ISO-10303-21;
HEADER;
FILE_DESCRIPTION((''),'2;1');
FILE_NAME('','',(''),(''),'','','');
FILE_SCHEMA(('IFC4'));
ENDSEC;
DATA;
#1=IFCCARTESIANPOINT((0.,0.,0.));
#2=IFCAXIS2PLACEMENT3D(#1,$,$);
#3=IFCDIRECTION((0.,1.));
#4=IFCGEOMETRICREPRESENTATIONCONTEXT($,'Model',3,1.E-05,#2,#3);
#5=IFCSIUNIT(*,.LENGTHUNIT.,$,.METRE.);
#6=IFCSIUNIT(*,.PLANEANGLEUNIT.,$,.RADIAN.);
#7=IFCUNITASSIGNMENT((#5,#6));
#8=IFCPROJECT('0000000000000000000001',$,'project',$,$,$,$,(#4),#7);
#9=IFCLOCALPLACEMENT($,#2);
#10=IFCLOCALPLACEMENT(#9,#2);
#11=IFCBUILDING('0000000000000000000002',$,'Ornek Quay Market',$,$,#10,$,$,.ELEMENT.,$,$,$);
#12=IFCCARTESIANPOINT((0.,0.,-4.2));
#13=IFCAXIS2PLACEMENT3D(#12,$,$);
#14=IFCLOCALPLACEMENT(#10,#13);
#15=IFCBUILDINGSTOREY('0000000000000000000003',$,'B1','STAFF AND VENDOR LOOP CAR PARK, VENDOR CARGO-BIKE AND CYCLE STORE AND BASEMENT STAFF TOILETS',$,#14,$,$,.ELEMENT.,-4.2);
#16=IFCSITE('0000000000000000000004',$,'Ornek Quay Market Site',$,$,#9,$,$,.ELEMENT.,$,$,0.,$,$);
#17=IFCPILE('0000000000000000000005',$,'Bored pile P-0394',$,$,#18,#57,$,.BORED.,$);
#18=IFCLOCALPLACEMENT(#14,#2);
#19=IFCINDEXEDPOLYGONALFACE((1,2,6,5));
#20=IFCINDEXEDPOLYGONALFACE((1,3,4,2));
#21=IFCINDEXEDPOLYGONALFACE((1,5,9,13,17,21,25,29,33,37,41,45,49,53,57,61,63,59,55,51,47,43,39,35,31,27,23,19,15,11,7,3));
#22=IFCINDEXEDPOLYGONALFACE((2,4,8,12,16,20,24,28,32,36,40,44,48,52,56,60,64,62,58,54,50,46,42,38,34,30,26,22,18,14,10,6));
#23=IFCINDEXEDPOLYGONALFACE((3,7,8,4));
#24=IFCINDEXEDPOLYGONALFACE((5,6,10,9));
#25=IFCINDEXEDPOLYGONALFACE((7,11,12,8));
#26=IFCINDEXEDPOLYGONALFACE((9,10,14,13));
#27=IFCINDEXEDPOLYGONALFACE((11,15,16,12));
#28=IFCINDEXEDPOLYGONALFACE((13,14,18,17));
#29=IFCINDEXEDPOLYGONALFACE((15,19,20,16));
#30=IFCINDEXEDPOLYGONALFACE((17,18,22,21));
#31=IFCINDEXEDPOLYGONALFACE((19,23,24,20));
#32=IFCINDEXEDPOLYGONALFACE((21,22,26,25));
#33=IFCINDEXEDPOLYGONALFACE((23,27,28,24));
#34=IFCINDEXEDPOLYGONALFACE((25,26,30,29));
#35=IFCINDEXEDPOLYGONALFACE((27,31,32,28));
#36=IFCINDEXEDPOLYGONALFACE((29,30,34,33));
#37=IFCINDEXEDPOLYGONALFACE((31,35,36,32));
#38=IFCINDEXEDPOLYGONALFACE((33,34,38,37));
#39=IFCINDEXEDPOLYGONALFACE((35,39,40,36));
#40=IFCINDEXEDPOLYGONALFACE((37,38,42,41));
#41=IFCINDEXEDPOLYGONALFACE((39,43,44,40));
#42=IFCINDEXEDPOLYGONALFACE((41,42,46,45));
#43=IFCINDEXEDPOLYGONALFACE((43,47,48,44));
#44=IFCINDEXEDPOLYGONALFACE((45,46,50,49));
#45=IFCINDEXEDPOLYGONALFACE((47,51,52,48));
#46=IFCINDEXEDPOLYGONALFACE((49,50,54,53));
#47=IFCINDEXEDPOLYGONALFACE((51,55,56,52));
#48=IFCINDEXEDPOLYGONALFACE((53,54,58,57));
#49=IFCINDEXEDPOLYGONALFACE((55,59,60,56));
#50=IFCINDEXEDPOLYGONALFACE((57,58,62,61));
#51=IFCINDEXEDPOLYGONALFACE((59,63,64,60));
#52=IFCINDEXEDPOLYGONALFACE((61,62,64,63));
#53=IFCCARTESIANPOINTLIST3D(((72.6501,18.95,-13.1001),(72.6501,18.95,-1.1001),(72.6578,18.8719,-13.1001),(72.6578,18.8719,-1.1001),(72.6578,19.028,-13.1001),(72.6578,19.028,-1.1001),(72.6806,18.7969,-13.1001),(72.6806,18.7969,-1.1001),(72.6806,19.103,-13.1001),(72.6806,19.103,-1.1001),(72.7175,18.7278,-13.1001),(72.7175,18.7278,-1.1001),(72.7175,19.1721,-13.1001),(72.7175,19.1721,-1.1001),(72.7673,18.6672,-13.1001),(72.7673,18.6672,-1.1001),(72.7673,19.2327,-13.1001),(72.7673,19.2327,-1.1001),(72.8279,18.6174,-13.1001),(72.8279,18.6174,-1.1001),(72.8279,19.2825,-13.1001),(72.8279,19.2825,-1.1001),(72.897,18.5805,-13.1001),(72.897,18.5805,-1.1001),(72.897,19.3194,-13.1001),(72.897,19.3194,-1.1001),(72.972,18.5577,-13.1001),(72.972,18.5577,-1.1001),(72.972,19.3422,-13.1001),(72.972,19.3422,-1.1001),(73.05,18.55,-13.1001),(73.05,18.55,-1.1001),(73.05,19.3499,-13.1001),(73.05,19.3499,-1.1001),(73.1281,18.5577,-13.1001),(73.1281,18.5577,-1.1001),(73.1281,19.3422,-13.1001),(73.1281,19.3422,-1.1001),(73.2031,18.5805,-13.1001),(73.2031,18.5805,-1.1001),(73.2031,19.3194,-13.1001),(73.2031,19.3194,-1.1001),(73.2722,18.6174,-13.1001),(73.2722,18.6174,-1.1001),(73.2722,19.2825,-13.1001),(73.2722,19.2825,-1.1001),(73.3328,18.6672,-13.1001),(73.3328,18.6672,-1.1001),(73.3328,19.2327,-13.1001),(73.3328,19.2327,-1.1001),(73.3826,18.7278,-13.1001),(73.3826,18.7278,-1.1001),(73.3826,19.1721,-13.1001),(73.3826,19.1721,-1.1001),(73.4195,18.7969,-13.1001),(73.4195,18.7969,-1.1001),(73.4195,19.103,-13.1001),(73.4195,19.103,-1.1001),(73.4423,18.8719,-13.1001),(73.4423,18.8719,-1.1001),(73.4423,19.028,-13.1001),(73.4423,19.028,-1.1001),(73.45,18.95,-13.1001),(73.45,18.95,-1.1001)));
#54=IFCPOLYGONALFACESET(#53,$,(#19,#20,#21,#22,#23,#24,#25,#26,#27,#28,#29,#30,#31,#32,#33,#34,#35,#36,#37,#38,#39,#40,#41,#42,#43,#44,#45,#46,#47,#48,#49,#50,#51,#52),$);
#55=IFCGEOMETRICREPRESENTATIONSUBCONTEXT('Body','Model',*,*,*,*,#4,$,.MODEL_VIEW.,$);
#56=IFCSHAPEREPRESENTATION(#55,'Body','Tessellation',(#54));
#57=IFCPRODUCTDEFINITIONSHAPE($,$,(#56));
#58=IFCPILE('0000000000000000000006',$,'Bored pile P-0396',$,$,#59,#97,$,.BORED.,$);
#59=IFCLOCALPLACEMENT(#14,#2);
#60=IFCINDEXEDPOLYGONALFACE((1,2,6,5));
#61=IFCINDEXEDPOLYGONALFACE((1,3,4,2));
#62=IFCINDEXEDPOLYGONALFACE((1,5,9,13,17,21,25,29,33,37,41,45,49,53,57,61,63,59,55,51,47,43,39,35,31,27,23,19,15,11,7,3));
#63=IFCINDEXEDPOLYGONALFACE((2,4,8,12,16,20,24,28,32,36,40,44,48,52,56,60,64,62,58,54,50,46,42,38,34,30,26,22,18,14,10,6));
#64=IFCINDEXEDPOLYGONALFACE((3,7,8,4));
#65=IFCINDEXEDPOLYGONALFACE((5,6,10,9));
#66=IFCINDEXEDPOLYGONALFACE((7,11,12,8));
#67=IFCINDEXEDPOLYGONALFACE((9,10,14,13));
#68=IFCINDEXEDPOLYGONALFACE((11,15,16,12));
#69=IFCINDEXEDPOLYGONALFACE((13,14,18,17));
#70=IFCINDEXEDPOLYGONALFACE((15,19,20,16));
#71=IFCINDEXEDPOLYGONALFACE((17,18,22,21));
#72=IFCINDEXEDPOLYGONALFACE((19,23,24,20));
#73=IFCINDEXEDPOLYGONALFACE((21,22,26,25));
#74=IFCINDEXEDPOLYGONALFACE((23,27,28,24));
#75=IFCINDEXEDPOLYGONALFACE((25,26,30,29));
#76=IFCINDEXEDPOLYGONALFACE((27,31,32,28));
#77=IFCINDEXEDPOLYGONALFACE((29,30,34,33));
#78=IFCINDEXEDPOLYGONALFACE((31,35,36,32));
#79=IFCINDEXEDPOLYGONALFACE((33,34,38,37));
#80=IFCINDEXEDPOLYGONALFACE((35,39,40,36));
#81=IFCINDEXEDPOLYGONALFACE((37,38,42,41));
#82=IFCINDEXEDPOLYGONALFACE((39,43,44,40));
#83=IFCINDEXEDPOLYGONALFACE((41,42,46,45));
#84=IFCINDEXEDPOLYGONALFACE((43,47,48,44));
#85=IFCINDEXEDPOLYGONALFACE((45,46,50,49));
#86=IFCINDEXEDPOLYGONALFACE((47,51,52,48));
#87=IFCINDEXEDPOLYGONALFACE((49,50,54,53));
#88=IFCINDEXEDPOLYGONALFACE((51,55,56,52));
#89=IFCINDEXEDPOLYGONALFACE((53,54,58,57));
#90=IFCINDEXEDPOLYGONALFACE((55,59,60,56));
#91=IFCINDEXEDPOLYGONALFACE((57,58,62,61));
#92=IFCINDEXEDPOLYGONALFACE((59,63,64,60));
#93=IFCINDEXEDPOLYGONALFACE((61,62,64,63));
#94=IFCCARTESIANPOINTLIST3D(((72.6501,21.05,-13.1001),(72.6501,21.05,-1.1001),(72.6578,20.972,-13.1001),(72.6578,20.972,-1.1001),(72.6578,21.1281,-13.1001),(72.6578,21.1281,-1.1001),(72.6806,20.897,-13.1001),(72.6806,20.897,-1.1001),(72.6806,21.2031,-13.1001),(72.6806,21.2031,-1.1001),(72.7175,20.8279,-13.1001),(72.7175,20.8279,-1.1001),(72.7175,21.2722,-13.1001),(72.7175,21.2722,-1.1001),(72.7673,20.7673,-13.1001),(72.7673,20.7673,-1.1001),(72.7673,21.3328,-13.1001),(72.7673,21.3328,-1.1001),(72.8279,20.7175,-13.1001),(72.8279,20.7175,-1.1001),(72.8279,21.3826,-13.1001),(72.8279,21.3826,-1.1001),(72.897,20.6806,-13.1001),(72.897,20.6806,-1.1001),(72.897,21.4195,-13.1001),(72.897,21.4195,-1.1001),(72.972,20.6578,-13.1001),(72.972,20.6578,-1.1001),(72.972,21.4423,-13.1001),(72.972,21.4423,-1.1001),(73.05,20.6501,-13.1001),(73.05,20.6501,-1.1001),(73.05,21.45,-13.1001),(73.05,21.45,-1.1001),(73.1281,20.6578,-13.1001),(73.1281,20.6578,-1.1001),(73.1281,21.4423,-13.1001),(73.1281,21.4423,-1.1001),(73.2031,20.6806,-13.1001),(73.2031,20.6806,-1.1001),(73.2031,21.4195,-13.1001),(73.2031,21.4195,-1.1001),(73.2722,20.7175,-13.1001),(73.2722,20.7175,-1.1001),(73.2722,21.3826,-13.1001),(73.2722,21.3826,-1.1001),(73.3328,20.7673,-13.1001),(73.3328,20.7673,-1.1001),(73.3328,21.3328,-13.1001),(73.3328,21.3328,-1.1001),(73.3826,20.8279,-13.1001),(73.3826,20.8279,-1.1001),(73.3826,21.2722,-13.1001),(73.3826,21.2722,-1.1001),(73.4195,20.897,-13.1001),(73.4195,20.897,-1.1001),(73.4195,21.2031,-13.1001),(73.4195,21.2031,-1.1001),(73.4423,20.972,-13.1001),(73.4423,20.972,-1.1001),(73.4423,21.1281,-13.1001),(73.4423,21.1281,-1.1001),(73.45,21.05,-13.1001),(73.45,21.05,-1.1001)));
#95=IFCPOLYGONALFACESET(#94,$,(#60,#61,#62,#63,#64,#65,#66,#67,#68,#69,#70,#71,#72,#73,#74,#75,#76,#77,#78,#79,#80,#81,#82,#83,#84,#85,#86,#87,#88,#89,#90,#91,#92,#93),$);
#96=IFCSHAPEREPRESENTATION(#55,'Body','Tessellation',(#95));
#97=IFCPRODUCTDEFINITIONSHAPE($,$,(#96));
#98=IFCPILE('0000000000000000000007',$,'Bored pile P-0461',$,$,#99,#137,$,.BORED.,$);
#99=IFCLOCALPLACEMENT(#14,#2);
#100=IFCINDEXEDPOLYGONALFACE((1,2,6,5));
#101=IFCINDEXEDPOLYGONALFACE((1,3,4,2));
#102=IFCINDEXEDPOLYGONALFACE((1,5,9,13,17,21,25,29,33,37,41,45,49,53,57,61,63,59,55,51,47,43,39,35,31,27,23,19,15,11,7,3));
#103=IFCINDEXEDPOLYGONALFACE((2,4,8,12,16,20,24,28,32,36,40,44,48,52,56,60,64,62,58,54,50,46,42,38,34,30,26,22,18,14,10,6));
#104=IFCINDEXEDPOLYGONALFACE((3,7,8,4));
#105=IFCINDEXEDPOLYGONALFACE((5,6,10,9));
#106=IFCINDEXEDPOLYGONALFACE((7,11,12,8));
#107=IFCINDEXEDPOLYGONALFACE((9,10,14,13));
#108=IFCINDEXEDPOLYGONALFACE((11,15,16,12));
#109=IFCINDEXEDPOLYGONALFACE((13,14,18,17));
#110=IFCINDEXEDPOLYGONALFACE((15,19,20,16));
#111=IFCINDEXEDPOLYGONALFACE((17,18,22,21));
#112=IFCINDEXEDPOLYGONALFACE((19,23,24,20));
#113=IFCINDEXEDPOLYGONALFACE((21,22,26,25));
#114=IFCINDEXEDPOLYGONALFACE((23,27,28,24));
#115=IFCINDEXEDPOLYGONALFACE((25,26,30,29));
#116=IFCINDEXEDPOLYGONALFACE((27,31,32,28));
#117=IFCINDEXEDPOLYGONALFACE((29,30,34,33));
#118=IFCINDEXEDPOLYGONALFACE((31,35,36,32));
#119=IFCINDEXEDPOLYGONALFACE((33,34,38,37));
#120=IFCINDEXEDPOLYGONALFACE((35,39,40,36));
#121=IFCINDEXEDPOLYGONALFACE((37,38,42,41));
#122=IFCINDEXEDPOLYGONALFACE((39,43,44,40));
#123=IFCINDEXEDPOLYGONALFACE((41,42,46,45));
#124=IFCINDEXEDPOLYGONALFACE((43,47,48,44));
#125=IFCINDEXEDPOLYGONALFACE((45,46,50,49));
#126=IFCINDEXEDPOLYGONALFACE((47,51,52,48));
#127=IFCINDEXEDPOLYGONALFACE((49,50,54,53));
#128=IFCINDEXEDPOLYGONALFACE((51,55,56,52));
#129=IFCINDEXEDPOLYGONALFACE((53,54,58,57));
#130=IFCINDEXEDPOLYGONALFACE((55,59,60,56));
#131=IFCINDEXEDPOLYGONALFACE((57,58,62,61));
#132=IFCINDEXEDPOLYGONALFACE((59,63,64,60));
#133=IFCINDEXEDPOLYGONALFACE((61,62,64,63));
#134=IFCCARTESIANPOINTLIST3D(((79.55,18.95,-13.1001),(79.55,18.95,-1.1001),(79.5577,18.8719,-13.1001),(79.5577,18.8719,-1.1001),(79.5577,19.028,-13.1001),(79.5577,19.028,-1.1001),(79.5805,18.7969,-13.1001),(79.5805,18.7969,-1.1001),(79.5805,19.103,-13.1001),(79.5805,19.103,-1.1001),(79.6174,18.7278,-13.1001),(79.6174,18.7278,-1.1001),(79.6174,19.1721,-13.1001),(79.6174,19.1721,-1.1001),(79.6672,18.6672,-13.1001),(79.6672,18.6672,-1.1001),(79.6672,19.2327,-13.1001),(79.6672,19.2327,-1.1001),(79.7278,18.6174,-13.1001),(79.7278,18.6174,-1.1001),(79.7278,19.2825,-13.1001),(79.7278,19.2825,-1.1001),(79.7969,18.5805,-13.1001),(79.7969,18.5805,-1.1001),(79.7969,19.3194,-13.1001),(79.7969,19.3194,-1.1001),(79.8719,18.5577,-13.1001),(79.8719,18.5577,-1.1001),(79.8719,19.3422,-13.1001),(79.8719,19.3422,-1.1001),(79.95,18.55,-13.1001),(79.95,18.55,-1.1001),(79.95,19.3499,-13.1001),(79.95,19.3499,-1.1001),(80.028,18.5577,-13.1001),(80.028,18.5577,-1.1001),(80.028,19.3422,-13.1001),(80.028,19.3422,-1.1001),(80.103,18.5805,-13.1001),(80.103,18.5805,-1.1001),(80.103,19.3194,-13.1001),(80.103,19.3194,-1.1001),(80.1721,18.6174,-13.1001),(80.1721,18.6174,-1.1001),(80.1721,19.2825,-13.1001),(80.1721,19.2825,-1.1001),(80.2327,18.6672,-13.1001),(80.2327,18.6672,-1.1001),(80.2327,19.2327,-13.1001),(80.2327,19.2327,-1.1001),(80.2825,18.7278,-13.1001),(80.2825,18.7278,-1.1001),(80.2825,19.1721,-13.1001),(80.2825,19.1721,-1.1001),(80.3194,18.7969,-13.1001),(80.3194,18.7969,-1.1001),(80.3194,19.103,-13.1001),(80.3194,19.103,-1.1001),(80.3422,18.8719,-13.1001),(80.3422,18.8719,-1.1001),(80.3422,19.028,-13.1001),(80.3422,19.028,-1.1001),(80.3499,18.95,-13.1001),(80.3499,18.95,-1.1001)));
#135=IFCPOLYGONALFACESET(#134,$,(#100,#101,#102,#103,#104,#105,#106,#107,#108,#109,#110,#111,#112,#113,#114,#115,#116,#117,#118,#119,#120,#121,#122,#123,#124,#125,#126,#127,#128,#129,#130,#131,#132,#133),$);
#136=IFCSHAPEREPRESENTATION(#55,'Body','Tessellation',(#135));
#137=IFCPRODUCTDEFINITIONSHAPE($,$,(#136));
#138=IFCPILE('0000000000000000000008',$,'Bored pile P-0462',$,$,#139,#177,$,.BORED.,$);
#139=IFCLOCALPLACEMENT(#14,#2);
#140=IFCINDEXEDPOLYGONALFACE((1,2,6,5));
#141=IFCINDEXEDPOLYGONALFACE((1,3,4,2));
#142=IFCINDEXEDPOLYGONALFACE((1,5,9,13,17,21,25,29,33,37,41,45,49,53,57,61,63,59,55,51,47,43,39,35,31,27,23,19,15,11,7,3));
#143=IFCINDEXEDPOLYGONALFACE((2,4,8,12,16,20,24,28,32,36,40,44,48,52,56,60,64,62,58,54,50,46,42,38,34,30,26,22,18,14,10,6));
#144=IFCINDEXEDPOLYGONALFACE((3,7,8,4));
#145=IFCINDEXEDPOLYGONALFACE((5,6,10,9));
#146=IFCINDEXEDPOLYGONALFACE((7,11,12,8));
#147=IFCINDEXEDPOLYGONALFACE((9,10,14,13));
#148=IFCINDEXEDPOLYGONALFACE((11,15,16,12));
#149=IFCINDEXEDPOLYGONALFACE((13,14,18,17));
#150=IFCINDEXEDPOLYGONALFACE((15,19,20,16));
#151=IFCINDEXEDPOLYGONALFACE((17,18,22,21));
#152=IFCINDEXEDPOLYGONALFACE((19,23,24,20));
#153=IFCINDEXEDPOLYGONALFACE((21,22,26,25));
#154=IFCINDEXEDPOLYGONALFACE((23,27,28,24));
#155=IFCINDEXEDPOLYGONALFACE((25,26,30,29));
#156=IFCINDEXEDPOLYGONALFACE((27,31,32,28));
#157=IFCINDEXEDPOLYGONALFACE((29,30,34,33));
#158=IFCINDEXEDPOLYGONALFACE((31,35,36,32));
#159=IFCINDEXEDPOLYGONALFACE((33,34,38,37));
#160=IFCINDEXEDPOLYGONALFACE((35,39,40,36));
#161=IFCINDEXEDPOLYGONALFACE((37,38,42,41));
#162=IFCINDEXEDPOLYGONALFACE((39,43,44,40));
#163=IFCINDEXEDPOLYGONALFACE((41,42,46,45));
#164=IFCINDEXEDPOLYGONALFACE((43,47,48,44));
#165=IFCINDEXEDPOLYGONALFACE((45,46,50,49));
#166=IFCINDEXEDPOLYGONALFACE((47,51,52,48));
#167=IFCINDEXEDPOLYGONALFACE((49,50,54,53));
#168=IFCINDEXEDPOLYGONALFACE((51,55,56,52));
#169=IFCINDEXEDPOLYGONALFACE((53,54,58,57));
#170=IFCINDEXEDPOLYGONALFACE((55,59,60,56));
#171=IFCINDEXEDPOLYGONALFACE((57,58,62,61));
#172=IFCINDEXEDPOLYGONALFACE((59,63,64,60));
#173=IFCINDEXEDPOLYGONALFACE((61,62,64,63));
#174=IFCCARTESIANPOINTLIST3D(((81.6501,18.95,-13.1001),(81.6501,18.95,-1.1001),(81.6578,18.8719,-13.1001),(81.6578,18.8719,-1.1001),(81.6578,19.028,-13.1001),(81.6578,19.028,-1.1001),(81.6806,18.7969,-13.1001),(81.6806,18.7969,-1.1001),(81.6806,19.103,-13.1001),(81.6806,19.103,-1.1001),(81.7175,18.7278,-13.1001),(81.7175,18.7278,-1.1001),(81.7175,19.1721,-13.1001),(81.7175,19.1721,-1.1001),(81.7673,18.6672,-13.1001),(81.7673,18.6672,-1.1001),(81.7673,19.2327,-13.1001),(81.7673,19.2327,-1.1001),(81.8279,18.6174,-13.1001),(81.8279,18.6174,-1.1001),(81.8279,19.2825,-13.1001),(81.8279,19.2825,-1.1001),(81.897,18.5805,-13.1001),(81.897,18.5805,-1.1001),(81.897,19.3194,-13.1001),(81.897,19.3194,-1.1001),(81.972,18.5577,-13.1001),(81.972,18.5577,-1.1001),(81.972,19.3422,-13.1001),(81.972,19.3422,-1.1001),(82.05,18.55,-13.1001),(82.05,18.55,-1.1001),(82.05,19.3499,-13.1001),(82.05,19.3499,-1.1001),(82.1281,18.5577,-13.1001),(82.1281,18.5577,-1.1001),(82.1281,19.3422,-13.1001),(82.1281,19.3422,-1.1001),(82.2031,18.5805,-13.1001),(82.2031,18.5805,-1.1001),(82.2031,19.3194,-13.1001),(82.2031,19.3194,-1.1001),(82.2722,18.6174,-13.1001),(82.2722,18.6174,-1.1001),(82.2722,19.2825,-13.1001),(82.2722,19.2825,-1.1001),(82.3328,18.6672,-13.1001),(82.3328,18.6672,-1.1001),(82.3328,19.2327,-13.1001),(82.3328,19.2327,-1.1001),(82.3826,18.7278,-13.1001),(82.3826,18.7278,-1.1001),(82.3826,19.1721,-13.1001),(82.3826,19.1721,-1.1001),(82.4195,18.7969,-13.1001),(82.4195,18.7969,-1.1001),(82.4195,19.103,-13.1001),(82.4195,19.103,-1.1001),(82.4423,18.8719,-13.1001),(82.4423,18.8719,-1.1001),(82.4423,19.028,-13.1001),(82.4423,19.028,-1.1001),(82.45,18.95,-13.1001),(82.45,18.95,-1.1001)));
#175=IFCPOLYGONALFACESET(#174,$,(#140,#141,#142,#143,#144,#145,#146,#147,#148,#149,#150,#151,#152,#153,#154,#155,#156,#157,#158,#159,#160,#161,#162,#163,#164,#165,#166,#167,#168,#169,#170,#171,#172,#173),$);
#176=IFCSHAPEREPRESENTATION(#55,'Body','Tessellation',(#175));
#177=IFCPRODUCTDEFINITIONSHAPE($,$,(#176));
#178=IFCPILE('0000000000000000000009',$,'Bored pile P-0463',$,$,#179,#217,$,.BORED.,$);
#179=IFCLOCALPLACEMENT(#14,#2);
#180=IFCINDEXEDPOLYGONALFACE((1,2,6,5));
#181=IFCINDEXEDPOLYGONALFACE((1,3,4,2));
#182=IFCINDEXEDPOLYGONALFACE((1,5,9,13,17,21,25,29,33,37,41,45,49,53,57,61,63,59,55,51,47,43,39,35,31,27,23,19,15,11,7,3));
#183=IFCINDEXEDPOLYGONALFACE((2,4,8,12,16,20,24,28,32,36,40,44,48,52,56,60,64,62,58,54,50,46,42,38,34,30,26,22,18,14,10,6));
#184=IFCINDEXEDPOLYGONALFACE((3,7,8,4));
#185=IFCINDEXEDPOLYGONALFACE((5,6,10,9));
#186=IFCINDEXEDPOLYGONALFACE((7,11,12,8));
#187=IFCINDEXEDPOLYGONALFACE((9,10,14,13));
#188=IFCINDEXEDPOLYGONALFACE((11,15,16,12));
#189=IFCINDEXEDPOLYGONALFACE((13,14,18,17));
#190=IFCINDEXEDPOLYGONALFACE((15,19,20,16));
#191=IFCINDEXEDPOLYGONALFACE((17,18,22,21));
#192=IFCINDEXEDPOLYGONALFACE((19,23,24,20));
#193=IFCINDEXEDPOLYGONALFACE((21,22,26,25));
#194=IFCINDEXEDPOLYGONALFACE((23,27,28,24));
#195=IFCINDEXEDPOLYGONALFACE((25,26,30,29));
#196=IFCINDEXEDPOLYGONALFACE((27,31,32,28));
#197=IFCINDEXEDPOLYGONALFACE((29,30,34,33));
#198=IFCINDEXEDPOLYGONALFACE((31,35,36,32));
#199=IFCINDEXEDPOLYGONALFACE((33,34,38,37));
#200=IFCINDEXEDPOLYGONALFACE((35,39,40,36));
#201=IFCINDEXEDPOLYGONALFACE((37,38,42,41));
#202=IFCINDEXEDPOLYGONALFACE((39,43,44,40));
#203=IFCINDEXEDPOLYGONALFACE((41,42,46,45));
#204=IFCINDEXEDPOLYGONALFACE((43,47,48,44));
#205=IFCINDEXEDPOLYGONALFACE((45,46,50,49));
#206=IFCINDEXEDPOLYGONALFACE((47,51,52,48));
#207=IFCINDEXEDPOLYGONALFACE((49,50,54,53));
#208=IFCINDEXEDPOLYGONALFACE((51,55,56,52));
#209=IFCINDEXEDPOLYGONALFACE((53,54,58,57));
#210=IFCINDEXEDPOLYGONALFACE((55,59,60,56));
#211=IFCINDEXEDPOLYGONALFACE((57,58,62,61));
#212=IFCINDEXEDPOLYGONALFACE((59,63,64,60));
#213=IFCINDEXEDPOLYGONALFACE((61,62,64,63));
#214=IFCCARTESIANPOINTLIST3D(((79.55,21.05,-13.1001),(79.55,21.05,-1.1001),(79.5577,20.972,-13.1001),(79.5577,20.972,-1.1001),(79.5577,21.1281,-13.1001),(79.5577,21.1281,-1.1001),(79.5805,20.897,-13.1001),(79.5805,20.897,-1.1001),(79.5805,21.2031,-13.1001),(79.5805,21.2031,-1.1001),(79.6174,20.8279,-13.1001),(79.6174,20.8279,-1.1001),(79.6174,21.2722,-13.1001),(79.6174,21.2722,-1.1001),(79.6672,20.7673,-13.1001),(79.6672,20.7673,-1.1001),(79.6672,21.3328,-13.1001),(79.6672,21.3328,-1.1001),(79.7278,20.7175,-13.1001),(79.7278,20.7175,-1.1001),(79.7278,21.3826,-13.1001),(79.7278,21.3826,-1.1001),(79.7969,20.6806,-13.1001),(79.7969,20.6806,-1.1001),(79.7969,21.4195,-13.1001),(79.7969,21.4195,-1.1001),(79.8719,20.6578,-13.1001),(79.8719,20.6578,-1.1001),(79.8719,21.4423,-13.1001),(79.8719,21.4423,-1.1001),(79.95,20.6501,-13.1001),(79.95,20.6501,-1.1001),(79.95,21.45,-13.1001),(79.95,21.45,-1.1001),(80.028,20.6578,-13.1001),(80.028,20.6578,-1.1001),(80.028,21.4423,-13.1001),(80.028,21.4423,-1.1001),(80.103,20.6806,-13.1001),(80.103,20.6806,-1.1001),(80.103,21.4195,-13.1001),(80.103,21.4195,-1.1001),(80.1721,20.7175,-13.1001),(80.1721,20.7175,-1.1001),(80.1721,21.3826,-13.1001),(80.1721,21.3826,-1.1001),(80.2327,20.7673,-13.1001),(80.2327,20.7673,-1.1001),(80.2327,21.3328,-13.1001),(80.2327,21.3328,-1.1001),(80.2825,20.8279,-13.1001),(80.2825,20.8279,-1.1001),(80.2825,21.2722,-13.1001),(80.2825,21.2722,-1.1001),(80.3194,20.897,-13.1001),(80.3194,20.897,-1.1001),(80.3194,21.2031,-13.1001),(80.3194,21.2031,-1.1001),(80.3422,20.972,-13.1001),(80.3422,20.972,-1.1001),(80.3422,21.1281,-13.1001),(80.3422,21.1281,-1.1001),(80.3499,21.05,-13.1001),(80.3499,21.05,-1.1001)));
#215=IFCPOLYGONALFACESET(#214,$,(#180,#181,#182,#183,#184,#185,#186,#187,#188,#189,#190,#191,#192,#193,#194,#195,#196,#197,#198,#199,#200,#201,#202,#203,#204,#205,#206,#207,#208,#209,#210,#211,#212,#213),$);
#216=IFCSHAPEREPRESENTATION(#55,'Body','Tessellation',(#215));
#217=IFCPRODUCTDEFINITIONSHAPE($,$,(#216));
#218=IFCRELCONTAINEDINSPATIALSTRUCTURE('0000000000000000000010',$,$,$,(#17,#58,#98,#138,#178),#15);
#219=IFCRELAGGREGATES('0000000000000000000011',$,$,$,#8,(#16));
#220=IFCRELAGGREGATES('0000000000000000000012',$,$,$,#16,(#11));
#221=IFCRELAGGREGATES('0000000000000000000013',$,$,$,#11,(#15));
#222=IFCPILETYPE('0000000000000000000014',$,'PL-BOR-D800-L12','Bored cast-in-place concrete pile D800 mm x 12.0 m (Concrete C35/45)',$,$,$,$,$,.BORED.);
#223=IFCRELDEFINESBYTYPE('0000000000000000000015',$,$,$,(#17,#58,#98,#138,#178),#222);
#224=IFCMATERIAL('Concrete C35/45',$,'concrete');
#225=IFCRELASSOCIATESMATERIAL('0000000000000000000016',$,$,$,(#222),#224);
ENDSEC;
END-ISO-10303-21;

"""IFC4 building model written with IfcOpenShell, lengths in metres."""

from ifc_helpers import new_model, si_unit, direction, frame, origin, origin_2d, place, context, subcontext, project, spatial, circle, extrude, material, material_profile, profile_set, type_object, element, save


model = new_model("IFC4")

# Units and contexts
model_context = context("Model", 3, precision=1e-05, world=origin(), true_north=direction((0.0, 1.0)))
body_context = subcontext(model_context, "Body", "Model", "MODEL_VIEW")
ifc_project = project(units=[si_unit("LENGTHUNIT", "METRE"), si_unit("PLANEANGLEUNIT", "RADIAN")], contexts=[model_context])

# Site, building, storey
site_placement = place(None, origin())
site = spatial("IfcSite", under=ifc_project, at=site_placement, Name="Ornek Quay Market Site", CompositionType="ELEMENT", RefElevation=0.0)
building_placement = place(site_placement, origin())
building = spatial("IfcBuilding", under=site, at=building_placement, Name="Ornek Quay Market", CompositionType="ELEMENT")
storey_placement = place(building_placement, frame((0.0, 0.0, -4.2)))
storey = spatial("IfcBuildingStorey", under=building, at=storey_placement, Name="B1", Description="STAFF AND VENDOR LOOP CAR PARK, VENDOR CARGO-BIKE AND CYCLE STORE AND BASEMENT STAFF TOILETS", CompositionType="ELEMENT", Elevation=-4.2)

# Piles
ifc_material_1 = material(Name="Concrete C35/45", Category="concrete")
ifc_material_profile_1 = material_profile(ifc_material_1, circle(Radius=0.3999, at=origin_2d()), Name="PILE D800", Category="concrete")
ifc_profile_set_1 = profile_set([ifc_material_profile_1], Name="Concrete C35/45")
pile_type_1 = type_object("IfcPileType", Name="PL-BOR-D800-L12", Description="Bored cast-in-place concrete pile D800 mm x 12.0 m (Concrete C35/45)", PredefinedType="BORED", material=ifc_profile_set_1)
for number, where, z_axis, x_axis, name in (
    (1, (73.05, 18.95, -1.1001), (0.0, 0.0, -1.0), (1.0, 0.0, 0.0), "Bored pile P-0394"),
    (2, (73.05, 21.05, -1.1001), (0.0, 0.0, -1.0), (1.0, 0.0, 0.0), "Bored pile P-0396"),
    (3, (79.95, 18.95, -1.1001), (0.0, 0.0, -1.0), (1.0, 0.0, 0.0), "Bored pile P-0461"),
    (4, (82.05, 18.95, -1.1001), (0.0, 0.0, -1.0), (1.0, 0.0, 0.0), "Bored pile P-0462"),
    (5, (79.95, 21.05, -1.1001), (0.0, 0.0, -1.0), (1.0, 0.0, 0.0), "Bored pile P-0463"),
):
    element("IfcPile", number, at=place(storey_placement, frame(where, z_axis=z_axis, x_axis=x_axis)), inside=storey, type_object=pile_type_1, Name=name, PredefinedType="BORED", context=body_context, shape_type="SweptSolid", body=[
        extrude(circle(Radius=0.3999, at=origin_2d()), origin(), (0.0, 0.0, 1.0), 12.0),
    ])

save(model, "model.ifc")
